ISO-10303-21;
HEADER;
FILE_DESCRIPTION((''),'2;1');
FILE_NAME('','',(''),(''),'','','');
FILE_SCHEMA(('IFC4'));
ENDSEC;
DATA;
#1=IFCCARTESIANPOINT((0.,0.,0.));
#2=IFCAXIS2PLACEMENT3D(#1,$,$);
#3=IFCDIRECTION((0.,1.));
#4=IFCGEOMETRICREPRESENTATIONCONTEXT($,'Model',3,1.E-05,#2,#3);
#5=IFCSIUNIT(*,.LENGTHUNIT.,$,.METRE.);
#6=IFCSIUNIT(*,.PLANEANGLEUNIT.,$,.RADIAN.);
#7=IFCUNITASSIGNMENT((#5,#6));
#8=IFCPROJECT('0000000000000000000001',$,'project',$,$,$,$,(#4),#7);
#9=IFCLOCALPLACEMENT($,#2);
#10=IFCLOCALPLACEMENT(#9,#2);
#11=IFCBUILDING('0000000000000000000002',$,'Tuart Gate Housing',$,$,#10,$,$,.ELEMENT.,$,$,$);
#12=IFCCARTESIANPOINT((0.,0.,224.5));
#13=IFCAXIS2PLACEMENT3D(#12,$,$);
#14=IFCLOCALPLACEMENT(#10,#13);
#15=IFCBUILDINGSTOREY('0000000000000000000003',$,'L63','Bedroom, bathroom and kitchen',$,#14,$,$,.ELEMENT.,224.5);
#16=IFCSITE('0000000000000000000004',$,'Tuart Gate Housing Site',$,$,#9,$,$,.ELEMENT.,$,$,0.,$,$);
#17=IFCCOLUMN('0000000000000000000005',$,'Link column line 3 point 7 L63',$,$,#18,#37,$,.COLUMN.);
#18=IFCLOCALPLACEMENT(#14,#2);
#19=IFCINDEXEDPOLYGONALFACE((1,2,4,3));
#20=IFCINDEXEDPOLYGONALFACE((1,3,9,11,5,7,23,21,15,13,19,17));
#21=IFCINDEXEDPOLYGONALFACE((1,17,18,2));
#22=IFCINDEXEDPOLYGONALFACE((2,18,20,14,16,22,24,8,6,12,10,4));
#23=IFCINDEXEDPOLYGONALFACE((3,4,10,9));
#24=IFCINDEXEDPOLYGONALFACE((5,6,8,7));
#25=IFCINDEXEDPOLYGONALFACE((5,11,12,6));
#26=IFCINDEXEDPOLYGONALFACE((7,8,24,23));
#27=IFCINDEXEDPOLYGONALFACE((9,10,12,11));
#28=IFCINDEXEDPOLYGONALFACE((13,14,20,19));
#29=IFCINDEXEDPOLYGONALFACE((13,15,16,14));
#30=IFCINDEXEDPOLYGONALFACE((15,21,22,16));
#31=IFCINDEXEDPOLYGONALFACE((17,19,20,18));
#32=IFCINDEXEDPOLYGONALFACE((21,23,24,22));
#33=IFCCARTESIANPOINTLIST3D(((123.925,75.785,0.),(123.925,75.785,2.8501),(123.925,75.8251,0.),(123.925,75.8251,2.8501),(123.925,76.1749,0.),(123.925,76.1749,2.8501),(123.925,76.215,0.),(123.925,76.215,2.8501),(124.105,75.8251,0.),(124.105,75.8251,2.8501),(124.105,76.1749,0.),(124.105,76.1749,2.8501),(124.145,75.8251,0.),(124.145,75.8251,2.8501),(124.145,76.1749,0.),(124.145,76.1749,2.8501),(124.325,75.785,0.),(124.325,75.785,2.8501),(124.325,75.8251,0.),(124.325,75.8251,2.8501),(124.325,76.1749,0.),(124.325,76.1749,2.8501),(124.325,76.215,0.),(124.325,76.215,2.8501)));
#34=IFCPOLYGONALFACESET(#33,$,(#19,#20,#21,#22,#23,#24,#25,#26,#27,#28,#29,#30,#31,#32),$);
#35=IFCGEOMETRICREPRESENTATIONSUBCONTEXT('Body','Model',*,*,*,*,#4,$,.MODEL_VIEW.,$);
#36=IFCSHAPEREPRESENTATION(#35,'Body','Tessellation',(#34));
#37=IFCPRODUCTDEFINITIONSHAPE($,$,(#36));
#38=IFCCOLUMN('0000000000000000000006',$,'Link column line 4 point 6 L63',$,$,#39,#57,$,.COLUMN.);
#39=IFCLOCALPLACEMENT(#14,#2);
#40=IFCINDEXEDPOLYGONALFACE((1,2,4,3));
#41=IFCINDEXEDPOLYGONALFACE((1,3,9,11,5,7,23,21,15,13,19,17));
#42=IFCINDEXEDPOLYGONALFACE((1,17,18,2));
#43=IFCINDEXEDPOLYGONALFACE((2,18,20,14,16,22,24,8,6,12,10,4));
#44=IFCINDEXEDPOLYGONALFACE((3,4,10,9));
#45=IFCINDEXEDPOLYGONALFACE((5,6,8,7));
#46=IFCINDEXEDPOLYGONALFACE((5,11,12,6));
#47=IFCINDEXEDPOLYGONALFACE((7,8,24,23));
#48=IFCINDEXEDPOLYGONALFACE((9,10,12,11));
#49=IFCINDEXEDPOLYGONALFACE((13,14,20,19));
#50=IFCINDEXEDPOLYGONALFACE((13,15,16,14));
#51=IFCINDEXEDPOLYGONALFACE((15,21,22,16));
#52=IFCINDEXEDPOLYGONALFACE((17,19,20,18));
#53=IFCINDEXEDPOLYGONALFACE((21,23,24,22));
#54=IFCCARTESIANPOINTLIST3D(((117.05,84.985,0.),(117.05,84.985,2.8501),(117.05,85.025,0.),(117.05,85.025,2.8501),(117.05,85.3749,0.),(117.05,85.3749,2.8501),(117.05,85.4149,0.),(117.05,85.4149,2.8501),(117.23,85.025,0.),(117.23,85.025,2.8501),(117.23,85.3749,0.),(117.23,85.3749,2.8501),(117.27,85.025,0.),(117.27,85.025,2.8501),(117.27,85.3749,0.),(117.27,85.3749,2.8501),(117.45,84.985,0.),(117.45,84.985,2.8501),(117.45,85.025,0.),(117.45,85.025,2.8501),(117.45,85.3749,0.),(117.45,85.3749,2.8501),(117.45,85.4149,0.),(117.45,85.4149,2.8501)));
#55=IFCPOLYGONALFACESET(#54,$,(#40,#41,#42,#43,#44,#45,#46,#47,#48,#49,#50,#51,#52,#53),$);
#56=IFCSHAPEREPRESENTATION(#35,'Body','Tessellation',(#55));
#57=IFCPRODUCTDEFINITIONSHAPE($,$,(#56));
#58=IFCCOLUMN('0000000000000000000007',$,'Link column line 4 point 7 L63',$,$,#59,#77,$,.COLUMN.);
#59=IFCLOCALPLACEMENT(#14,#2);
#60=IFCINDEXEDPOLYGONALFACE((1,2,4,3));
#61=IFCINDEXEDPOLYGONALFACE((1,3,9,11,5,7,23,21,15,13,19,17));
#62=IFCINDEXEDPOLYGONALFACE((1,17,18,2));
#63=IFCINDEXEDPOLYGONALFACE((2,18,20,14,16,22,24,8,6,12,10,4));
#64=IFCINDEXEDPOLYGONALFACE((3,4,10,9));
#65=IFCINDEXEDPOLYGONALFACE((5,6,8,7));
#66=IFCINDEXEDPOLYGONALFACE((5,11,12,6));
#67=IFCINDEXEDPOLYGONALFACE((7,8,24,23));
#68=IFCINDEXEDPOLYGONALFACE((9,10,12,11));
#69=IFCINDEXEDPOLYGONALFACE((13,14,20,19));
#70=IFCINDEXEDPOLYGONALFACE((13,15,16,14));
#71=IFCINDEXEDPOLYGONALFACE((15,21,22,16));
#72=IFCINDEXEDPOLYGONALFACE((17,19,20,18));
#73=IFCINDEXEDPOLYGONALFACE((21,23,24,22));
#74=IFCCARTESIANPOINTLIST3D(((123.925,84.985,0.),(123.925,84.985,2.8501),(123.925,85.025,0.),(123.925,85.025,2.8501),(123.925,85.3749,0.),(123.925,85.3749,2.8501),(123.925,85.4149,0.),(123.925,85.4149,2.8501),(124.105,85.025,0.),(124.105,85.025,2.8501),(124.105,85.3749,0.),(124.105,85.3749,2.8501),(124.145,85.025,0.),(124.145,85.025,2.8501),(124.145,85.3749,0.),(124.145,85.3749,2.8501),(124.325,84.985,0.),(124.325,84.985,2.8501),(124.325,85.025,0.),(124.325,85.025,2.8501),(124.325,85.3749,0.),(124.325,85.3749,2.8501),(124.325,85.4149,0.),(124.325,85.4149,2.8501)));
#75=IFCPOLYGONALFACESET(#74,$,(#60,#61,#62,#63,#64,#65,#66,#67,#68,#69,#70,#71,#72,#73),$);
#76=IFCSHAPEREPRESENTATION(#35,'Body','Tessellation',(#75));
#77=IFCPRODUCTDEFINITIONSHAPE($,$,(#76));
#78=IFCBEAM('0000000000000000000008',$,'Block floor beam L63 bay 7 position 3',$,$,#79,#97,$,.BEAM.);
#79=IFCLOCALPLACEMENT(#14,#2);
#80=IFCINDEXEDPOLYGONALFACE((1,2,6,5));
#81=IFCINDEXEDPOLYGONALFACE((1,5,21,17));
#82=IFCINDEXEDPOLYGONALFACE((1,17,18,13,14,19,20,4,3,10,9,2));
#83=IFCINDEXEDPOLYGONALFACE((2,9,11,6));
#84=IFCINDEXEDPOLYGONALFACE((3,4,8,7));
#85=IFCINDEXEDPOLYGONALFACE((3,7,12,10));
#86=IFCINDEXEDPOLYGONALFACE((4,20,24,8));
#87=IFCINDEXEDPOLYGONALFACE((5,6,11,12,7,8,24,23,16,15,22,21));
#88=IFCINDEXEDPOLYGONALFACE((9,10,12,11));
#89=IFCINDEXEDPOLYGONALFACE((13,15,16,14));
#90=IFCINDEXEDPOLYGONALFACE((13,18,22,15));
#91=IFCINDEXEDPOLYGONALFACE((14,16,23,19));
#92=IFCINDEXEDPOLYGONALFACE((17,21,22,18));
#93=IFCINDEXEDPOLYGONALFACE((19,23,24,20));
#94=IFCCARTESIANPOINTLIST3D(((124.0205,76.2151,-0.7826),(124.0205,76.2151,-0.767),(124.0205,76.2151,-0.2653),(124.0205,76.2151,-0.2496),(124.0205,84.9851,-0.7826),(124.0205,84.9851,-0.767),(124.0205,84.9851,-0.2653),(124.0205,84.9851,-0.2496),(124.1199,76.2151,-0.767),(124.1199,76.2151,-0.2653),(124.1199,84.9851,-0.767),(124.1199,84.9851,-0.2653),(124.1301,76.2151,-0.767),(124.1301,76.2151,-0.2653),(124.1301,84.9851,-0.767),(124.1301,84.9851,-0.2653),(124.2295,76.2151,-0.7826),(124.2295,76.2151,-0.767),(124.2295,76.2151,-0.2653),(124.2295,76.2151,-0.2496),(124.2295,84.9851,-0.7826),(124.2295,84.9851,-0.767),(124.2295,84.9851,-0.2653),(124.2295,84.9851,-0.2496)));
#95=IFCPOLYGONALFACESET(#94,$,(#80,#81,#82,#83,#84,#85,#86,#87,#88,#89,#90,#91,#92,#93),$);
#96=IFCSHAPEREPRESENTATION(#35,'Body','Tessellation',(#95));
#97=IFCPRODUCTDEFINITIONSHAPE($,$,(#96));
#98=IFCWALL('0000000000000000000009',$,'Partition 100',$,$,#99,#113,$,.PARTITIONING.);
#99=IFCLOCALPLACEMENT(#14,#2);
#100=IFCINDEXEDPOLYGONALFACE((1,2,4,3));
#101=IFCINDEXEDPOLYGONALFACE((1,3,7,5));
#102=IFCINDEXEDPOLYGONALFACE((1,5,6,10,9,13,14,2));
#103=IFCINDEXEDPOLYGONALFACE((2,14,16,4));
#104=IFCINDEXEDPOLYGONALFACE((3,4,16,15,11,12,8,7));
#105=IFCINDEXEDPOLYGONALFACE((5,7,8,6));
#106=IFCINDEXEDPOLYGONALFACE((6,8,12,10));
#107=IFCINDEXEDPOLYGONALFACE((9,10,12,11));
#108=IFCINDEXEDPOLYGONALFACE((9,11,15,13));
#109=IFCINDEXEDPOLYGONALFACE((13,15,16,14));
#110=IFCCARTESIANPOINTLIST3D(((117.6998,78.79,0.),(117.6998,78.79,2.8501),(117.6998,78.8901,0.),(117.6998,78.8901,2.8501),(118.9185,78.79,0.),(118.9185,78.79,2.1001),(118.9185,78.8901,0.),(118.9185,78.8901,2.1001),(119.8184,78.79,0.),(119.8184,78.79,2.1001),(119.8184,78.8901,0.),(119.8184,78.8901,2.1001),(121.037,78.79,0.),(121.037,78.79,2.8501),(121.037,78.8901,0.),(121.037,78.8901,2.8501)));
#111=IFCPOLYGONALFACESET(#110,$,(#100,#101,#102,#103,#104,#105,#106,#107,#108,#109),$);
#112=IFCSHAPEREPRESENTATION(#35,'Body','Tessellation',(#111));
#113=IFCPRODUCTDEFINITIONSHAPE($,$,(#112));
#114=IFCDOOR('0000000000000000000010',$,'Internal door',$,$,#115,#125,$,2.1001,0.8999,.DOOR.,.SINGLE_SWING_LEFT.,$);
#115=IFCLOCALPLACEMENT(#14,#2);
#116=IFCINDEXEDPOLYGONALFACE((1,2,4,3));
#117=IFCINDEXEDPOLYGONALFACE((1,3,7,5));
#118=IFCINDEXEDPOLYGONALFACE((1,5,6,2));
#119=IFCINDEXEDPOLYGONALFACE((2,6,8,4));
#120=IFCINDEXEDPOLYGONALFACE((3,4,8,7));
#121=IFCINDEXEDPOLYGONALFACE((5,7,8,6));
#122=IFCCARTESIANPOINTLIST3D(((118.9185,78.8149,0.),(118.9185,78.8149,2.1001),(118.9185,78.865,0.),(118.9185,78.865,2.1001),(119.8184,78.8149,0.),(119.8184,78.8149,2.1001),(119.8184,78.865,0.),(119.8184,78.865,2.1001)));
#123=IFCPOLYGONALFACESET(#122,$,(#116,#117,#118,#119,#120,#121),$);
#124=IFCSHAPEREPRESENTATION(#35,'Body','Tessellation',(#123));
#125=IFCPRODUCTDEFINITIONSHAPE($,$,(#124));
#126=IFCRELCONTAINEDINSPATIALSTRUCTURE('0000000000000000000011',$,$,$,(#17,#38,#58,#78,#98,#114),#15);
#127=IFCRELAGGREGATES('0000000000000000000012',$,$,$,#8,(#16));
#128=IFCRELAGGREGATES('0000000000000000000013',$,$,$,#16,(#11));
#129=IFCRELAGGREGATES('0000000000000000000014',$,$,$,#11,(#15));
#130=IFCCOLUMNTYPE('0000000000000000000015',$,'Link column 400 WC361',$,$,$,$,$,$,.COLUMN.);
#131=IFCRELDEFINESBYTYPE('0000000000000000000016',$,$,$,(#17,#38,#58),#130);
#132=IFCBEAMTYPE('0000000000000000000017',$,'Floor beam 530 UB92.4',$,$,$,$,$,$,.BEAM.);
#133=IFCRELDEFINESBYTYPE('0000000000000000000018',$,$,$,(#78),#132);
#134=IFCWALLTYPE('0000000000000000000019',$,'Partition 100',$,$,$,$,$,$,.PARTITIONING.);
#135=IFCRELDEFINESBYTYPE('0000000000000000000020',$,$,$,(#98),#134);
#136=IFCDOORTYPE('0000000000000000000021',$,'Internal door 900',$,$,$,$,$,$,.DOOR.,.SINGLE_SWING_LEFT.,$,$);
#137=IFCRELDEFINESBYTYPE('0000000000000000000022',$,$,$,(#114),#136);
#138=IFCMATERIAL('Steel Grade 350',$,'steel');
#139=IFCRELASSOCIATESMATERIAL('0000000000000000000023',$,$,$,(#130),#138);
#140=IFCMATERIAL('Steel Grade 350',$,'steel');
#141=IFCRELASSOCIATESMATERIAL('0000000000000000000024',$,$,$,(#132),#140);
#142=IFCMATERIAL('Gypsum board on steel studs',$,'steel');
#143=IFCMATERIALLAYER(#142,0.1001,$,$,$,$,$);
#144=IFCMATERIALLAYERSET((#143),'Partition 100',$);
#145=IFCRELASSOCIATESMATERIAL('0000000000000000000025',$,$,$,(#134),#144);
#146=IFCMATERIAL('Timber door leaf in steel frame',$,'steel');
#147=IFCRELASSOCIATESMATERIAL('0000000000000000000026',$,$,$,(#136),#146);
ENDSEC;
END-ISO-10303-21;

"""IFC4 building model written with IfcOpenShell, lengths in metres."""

from ifc_helpers import new_model, si_unit, direction, frame, frame_2d, origin, origin_2d, place, context, subcontext, project, spatial, rectangle, i_section, extrude, material, layer, layer_set, material_profile, profile_set, type_object, element, fill, save


model = new_model("IFC4")

# Units and contexts
model_context = context("Model", 3, precision=1e-05, world=origin(), true_north=direction((0.0, 1.0)))
body_context = subcontext(model_context, "Body", "Model", "MODEL_VIEW")
ifc_project = project(units=[si_unit("LENGTHUNIT", "METRE"), si_unit("PLANEANGLEUNIT", "RADIAN")], contexts=[model_context])

# Site, building, storey
site_placement = place(None, origin())
site = spatial("IfcSite", under=ifc_project, at=site_placement, Name="Tuart Gate Housing Site", CompositionType="ELEMENT", RefElevation=0.0)
building_placement = place(site_placement, origin())
building = spatial("IfcBuilding", under=site, at=building_placement, Name="Tuart Gate Housing", CompositionType="ELEMENT")
storey_placement = place(building_placement, frame((0.0, 0.0, 224.5)))
storey = spatial("IfcBuildingStorey", under=building, at=storey_placement, Name="L63", Description="Bedroom, bathroom and kitchen", CompositionType="ELEMENT", Elevation=224.5)

# Columns
ifc_material_1 = material(Name="Steel Grade 350", Category="steel")
ifc_material_profile_1 = material_profile(ifc_material_1, i_section(OverallWidth=0.3999, OverallDepth=0.4299, WebThickness=0.04, FlangeThickness=0.04, at=origin_2d()), Name="400WC361")
ifc_profile_set_1 = profile_set([ifc_material_profile_1], Name="Steel Grade 350")
column_type = type_object("IfcColumnType", Name="Link column 400 WC361", PredefinedType="COLUMN", material=ifc_profile_set_1)
for number, where, z_axis, x_axis, name in (
    (1, (124.125, 76.0, 0.0), (0.0, 0.0, 1.0), (1.0, 0.0, 0.0), "Link column line 3 point 7 L63"),
    (2, (117.25, 85.2, 0.0), (0.0, 0.0, 1.0), (1.0, 0.0, 0.0), "Link column line 4 point 6 L63"),
    (3, (124.125, 85.2, 0.0), (0.0, 0.0, 1.0), (1.0, 0.0, 0.0), "Link column line 4 point 7 L63"),
):
    element("IfcColumn", number, at=place(storey_placement, frame(where, z_axis=z_axis, x_axis=x_axis)), inside=storey, type_object=column_type, Name=name, PredefinedType="COLUMN", context=body_context, shape_type="SweptSolid", body=[
        extrude(i_section(OverallWidth=0.3999, OverallDepth=0.4299, WebThickness=0.04, FlangeThickness=0.04, at=origin_2d()), origin(), (0.0, 0.0, 1.0), 2.8501),
    ])

# Beam
ifc_material_2 = material(Name="Steel Grade 350", Category="steel")
ifc_material_profile_2 = material_profile(ifc_material_2, i_section(OverallWidth=0.209, OverallDepth=0.533, WebThickness=0.0103, FlangeThickness=0.0156, at=origin_2d()), Name="530UB92.4")
ifc_profile_set_2 = profile_set([ifc_material_profile_2], Name="Steel Grade 350")
beam_type = type_object("IfcBeamType", Name="Floor beam 530 UB92.4", PredefinedType="BEAM", material=ifc_profile_set_2)
beam_placement = place(storey_placement, frame((124.125, 76.2151, -0.5161), z_axis=(0.0, 1.0, 0.0), x_axis=(-1.0, 0.0, 0.0)))
element("IfcBeam", 4, at=beam_placement, inside=storey, type_object=beam_type, Name="Block floor beam L63 bay 7 position 3", PredefinedType="BEAM", context=body_context, shape_type="SweptSolid", body=[
    extrude(i_section(OverallWidth=0.209, OverallDepth=0.533, WebThickness=0.0103, FlangeThickness=0.0156, at=origin_2d()), origin(), (0.0, 0.0, 1.0), 8.77),
])

# Wall, opening, door
ifc_material_3 = material(Name="Gypsum board on steel studs", Category="steel")
ifc_layer = layer(ifc_material_3, 0.1001)
ifc_layer_set = layer_set([ifc_layer], Name="Partition 100")
wall_type = type_object("IfcWallType", Name="Partition 100", PredefinedType="PARTITIONING", material=ifc_layer_set)
wall_placement = place(storey_placement, frame((117.7, 78.8401, 0.0), z_axis=(0.0, 0.0, 1.0), x_axis=(1.0, 0.0, 0.0)))
wall = element("IfcWall", 5, at=wall_placement, inside=storey, type_object=wall_type, Name="Partition 100", PredefinedType="PARTITIONING", context=body_context, shape_type="SweptSolid", body=[
    extrude(rectangle(XDim=3.3372, YDim=0.1001, at=frame_2d((1.6685, 0.0))), origin(), (0.0, 0.0, 1.0), 2.8501),
])
opening_placement = place(wall_placement, frame((1.2185, 0.0, 0.0)))
opening = element("IfcOpeningElement", 6, at=opening_placement, cuts=wall, PredefinedType="OPENING", context=body_context, shape_type="SweptSolid", body=[
    extrude(rectangle(XDim=0.8999, YDim=2.1001, at=frame_2d((0.45, 1.05))), frame((0.0, 0.0601, 0.0), z_axis=(0.0, -1.0, 0.0), x_axis=(1.0, 0.0, 0.0)), (0.0, 0.0, 1.0), 0.1201),
])
ifc_material_4 = material(Name="Timber door leaf in steel frame", Category="steel")
door_type = type_object("IfcDoorType", Name="Internal door 900", OperationType="SINGLE_SWING_LEFT", PredefinedType="DOOR", material=ifc_material_4)
door_placement = place(opening_placement, frame((0.8999, 0.0, 0.0), z_axis=(0.0, 0.0, 1.0), x_axis=(-1.0, 0.0, 0.0)))
door = element("IfcDoor", 7, at=door_placement, inside=storey, type_object=door_type, Name="Internal door", OperationType="SINGLE_SWING_LEFT", OverallHeight=2.1001, OverallWidth=0.8999, PredefinedType="DOOR", context=body_context, shape_type="SweptSolid", body=[
    extrude(rectangle(XDim=0.8999, YDim=2.1001, at=frame_2d((0.45, 1.05))), frame((0.0, 0.0251, 0.0), z_axis=(0.0, -1.0, 0.0), x_axis=(1.0, 0.0, 0.0)), (0.0, 0.0, 1.0), 0.05),
])
fill(opening, door)

save(model, "model.ifc")
